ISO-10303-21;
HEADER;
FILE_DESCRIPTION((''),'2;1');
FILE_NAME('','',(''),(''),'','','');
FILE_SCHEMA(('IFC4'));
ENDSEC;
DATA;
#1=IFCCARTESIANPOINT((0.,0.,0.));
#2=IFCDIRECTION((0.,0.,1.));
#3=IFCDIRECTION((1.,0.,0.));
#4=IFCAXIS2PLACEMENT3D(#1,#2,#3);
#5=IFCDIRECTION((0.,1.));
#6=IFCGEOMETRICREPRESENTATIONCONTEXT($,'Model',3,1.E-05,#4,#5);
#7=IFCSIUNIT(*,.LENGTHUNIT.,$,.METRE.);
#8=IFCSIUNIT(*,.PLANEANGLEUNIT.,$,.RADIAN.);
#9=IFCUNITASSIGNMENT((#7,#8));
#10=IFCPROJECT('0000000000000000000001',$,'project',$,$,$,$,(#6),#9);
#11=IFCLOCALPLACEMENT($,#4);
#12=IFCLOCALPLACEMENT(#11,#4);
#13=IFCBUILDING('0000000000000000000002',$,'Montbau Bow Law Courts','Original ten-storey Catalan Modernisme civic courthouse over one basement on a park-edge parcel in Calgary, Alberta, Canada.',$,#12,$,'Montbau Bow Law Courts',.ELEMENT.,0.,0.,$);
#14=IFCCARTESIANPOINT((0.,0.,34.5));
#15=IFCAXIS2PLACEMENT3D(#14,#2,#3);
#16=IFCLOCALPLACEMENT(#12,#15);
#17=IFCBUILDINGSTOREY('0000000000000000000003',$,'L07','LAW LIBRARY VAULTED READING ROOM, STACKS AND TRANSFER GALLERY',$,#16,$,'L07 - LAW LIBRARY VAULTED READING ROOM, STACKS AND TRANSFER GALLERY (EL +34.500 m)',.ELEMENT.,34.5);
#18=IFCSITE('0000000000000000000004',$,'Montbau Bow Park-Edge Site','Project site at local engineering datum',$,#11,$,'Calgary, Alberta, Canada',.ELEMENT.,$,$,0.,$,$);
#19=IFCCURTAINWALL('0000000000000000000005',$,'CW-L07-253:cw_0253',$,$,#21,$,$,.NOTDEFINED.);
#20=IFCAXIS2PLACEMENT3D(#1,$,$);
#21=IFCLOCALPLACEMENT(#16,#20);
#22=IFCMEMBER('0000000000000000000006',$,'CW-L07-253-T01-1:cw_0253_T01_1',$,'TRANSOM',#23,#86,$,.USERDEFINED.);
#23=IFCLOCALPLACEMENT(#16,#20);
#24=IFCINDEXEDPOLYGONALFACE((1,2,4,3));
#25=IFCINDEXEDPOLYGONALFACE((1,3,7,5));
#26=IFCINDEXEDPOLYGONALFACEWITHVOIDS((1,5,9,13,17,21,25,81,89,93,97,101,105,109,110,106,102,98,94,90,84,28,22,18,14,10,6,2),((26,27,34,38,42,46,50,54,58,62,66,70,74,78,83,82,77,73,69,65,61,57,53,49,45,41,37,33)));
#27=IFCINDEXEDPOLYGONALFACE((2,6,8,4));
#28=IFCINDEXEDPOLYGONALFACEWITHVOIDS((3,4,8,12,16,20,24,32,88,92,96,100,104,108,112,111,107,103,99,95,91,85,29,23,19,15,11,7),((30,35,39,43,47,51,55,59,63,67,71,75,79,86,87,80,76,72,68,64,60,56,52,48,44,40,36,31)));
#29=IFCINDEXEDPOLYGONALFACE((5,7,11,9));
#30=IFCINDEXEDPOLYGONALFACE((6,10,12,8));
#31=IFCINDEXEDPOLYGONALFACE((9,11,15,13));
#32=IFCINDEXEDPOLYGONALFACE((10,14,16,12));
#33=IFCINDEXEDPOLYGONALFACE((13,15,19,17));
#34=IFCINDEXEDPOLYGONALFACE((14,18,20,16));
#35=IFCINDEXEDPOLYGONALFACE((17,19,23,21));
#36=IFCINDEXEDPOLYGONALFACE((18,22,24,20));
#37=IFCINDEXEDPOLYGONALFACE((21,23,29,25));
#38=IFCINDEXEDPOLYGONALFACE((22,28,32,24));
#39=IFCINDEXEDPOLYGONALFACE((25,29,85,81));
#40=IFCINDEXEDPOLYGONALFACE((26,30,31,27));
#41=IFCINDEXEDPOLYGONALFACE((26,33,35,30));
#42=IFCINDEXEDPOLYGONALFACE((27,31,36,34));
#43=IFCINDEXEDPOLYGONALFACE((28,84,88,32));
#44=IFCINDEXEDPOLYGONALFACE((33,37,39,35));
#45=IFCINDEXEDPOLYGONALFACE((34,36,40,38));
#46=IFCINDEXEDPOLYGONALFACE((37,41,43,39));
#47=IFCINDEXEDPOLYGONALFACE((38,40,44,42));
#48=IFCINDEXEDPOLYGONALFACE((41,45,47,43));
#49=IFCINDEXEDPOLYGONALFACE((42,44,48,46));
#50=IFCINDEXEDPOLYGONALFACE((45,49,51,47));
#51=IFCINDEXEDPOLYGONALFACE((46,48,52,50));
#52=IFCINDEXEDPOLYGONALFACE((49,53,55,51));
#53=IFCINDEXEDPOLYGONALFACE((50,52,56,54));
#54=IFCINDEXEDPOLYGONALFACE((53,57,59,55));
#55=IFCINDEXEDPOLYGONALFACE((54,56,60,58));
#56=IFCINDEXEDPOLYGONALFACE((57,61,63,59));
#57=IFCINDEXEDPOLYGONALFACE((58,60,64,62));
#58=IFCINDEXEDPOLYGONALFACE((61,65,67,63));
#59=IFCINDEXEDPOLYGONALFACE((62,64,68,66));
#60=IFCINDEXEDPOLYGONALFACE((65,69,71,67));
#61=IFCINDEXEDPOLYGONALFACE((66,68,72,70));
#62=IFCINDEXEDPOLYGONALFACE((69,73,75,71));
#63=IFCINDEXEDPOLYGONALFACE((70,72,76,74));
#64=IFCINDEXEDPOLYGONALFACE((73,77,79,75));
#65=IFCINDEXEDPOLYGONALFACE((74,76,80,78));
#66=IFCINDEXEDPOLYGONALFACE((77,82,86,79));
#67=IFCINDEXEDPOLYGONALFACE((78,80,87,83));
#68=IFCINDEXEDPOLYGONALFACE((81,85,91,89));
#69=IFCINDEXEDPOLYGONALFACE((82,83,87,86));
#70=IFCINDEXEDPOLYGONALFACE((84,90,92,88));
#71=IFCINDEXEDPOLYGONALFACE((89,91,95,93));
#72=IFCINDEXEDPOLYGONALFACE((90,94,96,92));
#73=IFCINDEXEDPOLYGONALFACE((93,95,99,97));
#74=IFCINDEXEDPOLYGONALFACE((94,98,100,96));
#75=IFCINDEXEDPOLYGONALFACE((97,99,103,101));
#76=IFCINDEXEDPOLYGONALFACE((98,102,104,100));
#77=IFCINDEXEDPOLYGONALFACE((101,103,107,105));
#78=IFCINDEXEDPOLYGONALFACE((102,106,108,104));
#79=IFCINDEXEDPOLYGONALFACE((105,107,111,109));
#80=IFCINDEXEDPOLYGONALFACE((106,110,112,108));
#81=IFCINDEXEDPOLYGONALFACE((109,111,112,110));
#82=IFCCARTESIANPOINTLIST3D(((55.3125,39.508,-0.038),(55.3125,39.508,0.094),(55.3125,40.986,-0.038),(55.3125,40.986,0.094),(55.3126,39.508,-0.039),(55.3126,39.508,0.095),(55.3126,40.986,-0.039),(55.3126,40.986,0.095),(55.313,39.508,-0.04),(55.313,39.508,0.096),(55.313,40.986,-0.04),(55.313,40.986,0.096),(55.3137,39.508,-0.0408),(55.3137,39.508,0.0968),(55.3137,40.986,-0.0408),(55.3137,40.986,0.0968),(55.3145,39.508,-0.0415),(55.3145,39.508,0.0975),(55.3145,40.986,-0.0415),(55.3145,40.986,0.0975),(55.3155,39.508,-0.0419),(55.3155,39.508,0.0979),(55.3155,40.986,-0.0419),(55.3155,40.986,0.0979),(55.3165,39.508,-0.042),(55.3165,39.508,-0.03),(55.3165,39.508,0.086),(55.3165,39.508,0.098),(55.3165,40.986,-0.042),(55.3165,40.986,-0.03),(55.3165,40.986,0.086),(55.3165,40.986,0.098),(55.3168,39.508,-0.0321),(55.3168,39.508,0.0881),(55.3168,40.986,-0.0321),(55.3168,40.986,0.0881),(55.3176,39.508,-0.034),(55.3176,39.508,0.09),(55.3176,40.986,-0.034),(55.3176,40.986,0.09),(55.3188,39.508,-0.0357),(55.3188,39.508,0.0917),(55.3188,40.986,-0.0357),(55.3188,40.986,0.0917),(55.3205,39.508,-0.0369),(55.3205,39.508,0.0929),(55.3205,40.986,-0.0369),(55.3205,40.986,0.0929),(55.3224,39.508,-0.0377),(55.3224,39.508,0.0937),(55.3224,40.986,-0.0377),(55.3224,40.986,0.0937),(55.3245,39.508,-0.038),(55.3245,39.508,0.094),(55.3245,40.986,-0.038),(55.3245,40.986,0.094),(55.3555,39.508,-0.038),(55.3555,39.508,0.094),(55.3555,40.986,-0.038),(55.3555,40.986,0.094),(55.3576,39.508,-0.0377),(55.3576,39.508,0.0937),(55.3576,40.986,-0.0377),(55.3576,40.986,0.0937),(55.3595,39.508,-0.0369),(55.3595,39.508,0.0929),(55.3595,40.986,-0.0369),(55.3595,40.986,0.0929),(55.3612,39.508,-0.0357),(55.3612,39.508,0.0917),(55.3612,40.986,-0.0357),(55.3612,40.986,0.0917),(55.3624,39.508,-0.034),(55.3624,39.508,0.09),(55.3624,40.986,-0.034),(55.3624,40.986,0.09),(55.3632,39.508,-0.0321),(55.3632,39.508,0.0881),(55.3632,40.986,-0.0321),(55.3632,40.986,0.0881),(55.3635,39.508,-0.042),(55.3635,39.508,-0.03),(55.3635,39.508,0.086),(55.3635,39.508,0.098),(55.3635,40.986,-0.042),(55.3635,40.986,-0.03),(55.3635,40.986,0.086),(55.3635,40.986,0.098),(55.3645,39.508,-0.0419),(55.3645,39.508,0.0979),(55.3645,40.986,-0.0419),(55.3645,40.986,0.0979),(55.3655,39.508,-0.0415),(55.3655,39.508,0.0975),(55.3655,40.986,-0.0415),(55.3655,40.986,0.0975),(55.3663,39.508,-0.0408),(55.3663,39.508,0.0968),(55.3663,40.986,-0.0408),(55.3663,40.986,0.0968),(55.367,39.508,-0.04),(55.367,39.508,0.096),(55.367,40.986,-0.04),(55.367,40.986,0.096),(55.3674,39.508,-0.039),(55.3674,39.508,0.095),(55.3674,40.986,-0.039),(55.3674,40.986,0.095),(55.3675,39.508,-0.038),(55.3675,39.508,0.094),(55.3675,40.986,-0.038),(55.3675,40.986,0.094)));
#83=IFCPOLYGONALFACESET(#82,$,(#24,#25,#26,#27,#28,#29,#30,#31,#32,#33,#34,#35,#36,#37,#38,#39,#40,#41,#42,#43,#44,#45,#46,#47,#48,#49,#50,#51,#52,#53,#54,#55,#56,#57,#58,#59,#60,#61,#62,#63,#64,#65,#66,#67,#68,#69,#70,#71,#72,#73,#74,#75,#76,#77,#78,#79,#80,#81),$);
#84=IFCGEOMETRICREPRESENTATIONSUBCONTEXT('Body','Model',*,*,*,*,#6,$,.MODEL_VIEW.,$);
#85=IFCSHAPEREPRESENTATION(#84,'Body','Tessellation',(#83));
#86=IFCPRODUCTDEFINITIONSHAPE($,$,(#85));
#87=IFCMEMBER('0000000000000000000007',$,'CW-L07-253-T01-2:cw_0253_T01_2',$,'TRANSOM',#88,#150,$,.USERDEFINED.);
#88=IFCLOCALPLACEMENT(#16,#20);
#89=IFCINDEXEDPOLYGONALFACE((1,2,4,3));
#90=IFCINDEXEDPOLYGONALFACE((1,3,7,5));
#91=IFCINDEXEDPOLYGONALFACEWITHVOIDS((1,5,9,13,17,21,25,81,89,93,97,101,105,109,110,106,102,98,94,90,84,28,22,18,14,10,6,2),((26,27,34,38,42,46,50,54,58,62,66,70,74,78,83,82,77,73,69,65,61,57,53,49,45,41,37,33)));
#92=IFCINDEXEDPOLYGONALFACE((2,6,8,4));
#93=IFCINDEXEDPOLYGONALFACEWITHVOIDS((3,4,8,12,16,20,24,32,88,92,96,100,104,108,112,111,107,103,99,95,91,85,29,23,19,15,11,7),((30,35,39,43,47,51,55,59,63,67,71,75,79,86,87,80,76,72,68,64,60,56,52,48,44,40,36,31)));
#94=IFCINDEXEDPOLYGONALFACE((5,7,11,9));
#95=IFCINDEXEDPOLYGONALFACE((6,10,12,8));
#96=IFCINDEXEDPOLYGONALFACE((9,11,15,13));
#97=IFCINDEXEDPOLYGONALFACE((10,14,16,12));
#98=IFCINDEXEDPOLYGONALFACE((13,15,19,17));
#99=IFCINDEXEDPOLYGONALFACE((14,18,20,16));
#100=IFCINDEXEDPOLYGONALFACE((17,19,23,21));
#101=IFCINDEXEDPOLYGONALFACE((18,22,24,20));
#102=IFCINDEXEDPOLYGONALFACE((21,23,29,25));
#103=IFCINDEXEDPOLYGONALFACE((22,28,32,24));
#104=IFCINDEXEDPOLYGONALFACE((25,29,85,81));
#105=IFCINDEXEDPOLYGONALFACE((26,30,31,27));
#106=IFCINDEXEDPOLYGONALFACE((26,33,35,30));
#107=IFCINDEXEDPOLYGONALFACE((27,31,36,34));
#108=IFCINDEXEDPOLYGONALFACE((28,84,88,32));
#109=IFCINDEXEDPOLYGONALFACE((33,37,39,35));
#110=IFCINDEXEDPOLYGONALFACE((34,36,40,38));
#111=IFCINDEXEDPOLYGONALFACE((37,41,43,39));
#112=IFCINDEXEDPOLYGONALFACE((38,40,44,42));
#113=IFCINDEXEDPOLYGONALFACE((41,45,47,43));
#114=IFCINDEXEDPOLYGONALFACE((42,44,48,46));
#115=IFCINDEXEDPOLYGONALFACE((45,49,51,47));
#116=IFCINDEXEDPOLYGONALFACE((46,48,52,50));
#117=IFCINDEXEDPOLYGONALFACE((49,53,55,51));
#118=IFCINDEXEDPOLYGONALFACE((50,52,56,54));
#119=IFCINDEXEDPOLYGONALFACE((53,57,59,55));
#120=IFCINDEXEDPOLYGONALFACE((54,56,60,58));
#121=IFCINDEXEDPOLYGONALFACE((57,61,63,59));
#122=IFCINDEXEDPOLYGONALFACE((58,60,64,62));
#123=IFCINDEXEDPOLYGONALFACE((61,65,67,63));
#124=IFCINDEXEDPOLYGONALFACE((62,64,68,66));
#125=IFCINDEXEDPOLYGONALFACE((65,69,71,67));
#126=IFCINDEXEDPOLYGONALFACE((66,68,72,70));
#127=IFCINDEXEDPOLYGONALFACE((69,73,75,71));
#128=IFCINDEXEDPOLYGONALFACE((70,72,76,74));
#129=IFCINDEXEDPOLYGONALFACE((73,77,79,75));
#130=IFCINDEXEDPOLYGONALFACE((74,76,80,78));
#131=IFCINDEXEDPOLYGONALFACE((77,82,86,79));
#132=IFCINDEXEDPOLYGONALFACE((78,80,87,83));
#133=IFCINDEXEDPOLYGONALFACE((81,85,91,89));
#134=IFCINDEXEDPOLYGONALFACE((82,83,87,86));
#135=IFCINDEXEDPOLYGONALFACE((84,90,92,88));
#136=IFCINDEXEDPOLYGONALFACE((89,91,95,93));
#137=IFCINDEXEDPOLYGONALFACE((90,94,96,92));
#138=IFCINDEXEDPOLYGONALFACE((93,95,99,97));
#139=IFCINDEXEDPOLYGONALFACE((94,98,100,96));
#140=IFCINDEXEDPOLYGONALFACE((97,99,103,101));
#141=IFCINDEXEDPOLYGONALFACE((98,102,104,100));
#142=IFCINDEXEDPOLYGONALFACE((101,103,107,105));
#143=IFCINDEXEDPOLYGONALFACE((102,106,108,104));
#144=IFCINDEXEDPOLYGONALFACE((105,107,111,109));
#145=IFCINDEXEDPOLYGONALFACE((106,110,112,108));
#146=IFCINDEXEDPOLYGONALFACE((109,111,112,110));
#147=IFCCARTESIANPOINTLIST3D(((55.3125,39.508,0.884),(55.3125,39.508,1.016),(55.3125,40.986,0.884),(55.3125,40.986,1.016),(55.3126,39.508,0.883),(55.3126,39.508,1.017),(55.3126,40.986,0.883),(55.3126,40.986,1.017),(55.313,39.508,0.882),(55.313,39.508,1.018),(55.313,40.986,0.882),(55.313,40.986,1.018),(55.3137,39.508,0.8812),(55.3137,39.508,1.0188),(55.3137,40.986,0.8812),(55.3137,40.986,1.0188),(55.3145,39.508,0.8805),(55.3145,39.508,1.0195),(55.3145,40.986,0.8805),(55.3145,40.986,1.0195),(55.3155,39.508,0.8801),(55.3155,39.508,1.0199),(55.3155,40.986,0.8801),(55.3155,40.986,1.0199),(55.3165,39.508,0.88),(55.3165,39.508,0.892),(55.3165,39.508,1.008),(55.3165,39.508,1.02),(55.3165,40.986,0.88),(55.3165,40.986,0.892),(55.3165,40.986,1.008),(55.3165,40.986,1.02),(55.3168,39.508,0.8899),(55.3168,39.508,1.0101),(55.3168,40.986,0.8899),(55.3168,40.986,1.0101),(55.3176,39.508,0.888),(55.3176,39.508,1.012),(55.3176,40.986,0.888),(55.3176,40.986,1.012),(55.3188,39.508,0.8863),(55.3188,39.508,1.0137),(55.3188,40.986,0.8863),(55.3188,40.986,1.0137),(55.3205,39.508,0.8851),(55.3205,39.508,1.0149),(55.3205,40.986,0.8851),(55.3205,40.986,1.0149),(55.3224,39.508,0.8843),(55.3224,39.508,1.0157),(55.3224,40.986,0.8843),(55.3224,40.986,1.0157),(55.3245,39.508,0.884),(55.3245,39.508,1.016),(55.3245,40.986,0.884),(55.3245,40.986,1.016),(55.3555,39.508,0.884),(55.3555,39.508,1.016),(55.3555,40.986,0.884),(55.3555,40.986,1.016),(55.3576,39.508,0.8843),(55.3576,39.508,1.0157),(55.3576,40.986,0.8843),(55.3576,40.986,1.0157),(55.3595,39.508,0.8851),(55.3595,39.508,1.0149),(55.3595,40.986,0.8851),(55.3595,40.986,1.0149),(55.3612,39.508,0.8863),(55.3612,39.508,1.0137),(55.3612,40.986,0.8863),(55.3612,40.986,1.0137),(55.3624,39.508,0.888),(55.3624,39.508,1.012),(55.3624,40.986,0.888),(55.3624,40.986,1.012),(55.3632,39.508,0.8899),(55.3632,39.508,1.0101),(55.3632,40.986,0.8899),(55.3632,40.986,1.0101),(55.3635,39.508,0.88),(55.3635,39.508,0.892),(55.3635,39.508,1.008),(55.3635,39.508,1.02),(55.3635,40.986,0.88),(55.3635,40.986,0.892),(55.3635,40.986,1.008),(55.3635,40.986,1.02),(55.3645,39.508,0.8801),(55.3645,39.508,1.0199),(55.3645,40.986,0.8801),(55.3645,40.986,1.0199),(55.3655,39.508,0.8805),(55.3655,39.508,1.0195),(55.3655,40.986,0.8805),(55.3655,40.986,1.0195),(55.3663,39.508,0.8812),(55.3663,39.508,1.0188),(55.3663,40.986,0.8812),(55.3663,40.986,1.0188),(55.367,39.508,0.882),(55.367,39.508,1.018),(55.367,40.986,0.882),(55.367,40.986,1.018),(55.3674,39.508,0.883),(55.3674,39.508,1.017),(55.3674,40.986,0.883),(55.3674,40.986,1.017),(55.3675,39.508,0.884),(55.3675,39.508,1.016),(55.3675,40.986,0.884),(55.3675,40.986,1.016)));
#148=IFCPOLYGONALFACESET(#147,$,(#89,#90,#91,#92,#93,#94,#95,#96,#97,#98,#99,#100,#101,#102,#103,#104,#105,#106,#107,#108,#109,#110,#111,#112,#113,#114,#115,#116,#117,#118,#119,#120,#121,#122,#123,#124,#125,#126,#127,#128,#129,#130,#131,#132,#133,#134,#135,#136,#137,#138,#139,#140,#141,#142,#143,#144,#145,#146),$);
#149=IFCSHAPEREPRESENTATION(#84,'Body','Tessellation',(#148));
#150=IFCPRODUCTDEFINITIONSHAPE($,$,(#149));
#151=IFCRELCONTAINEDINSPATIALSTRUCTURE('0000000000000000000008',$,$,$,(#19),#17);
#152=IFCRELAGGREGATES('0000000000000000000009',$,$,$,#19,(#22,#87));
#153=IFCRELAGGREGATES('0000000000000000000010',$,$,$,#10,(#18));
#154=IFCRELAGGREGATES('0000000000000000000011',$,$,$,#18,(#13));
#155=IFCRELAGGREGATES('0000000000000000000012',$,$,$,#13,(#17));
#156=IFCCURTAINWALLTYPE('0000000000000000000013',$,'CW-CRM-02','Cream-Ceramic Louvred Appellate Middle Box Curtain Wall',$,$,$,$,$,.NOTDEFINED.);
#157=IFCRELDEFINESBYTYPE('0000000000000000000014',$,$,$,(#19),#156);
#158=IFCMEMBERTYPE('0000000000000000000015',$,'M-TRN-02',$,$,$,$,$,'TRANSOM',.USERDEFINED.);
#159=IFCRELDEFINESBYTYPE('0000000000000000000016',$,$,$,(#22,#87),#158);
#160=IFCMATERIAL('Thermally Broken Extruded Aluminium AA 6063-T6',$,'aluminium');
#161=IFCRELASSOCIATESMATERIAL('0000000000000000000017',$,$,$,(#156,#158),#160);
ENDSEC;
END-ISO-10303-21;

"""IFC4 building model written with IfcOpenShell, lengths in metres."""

from ifc_helpers import new_model, si_unit, direction, frame, origin_with_axes, origin_2d_with_axis, place, context, subcontext, project, spatial, hollow_rectangle, extrude, material, material_profile, profile_set, type_object, element, aggregate, save


model = new_model("IFC4")

# Units and contexts
model_context = context("Model", 3, precision=1e-05, world=origin_with_axes(), true_north=direction((0.0, 1.0)))
body_context = subcontext(model_context, "Body", "Model", "MODEL_VIEW")
ifc_project = project(units=[si_unit("LENGTHUNIT", "METRE"), si_unit("PLANEANGLEUNIT", "RADIAN")], contexts=[model_context])

# Site, building, storey
site_placement = place(None, origin_with_axes())
site = spatial("IfcSite", under=ifc_project, at=site_placement, Name="Montbau Bow Park-Edge Site", Description="Project site at local engineering datum", LongName="Calgary, Alberta, Canada", CompositionType="ELEMENT", RefElevation=0.0)
building_placement = place(site_placement, origin_with_axes())
building = spatial("IfcBuilding", under=site, at=building_placement, Name="Montbau Bow Law Courts", Description="Original ten-storey Catalan Modernisme civic courthouse over one basement on a park-edge parcel in Calgary, Alberta, Canada.", LongName="Montbau Bow Law Courts", CompositionType="ELEMENT", ElevationOfRefHeight=0.0, ElevationOfTerrain=0.0)
storey_placement = place(building_placement, frame((0.0, 0.0, 34.5), z_axis=(0.0, 0.0, 1.0), x_axis=(1.0, 0.0, 0.0)))
storey = spatial("IfcBuildingStorey", under=building, at=storey_placement, Name="L07", Description="LAW LIBRARY VAULTED READING ROOM, STACKS AND TRANSFER GALLERY", LongName="L07 - LAW LIBRARY VAULTED READING ROOM, STACKS AND TRANSFER GALLERY (EL +34.500 m)", CompositionType="ELEMENT", Elevation=34.5)

# Curtain wall, members
ifc_material_1 = material(Name="Thermally Broken Extruded Aluminium AA 6063-T6", Category="aluminium")
curtain_wall_type = type_object("IfcCurtainWallType", Name="CW-CRM-02", Description="Cream-Ceramic Louvred Appellate Middle Box Curtain Wall", PredefinedType="NOTDEFINED", material=ifc_material_1)
curtain_wall_placement = place(None, frame((55.34, 39.44, 34.5), z_axis=(0.0, 0.0, 1.0), x_axis=(1.0, 0.0, 0.0)))
curtain_wall = element("IfcCurtainWall", 1, at=curtain_wall_placement, inside=storey, type_object=curtain_wall_type, Name="CW-L07-253:cw_0253", PredefinedType="NOTDEFINED")
ifc_material_profile_1 = material_profile(ifc_material_1, hollow_rectangle(XDim=0.055, YDim=0.14, WallThickness=0.004, InnerFilletRadius=0.008, OuterFilletRadius=0.004, at=origin_2d_with_axis()), Name="CWT-140X55", Category="Main", Priority=0)
ifc_profile_set_1 = profile_set([ifc_material_profile_1], Name="Thermally Broken Extruded Aluminium AA 6063-T6")
member_type_1 = type_object("IfcMemberType", Name="M-TRN-02", ElementType="TRANSOM", PredefinedType="USERDEFINED", material=ifc_profile_set_1)
member_1_placement = place(None, frame((55.34, 39.508, 34.528), z_axis=(0.0, 1.0, 0.0), x_axis=(-1.0, 0.0, 0.0)))
member_1 = element("IfcMember", 2, at=member_1_placement, type_object=member_type_1, Name="CW-L07-253-T01-1:cw_0253_T01_1", ObjectType="TRANSOM", PredefinedType="USERDEFINED", context=body_context, shape_type="SweptSolid", body=[
    extrude(hollow_rectangle(XDim=0.055, YDim=0.14, WallThickness=0.004, InnerFilletRadius=0.008, OuterFilletRadius=0.004, at=origin_2d_with_axis()), origin_with_axes(), (0.0, 0.0, 1.0), 1.478),
])
member_2_placement = place(None, frame((55.34, 39.508, 35.45), z_axis=(0.0, 1.0, 0.0), x_axis=(-1.0, 0.0, 0.0)))
member_2 = element("IfcMember", 3, at=member_2_placement, type_object=member_type_1, Name="CW-L07-253-T01-2:cw_0253_T01_2", ObjectType="TRANSOM", PredefinedType="USERDEFINED", context=body_context, shape_type="SweptSolid", body=[
    extrude(hollow_rectangle(XDim=0.055, YDim=0.14, WallThickness=0.004, InnerFilletRadius=0.008, OuterFilletRadius=0.004, at=origin_2d_with_axis()), origin_with_axes(), (0.0, 0.0, 1.0), 1.478),
])
aggregate(curtain_wall, [member_1, member_2])

save(model, "model.ifc")
